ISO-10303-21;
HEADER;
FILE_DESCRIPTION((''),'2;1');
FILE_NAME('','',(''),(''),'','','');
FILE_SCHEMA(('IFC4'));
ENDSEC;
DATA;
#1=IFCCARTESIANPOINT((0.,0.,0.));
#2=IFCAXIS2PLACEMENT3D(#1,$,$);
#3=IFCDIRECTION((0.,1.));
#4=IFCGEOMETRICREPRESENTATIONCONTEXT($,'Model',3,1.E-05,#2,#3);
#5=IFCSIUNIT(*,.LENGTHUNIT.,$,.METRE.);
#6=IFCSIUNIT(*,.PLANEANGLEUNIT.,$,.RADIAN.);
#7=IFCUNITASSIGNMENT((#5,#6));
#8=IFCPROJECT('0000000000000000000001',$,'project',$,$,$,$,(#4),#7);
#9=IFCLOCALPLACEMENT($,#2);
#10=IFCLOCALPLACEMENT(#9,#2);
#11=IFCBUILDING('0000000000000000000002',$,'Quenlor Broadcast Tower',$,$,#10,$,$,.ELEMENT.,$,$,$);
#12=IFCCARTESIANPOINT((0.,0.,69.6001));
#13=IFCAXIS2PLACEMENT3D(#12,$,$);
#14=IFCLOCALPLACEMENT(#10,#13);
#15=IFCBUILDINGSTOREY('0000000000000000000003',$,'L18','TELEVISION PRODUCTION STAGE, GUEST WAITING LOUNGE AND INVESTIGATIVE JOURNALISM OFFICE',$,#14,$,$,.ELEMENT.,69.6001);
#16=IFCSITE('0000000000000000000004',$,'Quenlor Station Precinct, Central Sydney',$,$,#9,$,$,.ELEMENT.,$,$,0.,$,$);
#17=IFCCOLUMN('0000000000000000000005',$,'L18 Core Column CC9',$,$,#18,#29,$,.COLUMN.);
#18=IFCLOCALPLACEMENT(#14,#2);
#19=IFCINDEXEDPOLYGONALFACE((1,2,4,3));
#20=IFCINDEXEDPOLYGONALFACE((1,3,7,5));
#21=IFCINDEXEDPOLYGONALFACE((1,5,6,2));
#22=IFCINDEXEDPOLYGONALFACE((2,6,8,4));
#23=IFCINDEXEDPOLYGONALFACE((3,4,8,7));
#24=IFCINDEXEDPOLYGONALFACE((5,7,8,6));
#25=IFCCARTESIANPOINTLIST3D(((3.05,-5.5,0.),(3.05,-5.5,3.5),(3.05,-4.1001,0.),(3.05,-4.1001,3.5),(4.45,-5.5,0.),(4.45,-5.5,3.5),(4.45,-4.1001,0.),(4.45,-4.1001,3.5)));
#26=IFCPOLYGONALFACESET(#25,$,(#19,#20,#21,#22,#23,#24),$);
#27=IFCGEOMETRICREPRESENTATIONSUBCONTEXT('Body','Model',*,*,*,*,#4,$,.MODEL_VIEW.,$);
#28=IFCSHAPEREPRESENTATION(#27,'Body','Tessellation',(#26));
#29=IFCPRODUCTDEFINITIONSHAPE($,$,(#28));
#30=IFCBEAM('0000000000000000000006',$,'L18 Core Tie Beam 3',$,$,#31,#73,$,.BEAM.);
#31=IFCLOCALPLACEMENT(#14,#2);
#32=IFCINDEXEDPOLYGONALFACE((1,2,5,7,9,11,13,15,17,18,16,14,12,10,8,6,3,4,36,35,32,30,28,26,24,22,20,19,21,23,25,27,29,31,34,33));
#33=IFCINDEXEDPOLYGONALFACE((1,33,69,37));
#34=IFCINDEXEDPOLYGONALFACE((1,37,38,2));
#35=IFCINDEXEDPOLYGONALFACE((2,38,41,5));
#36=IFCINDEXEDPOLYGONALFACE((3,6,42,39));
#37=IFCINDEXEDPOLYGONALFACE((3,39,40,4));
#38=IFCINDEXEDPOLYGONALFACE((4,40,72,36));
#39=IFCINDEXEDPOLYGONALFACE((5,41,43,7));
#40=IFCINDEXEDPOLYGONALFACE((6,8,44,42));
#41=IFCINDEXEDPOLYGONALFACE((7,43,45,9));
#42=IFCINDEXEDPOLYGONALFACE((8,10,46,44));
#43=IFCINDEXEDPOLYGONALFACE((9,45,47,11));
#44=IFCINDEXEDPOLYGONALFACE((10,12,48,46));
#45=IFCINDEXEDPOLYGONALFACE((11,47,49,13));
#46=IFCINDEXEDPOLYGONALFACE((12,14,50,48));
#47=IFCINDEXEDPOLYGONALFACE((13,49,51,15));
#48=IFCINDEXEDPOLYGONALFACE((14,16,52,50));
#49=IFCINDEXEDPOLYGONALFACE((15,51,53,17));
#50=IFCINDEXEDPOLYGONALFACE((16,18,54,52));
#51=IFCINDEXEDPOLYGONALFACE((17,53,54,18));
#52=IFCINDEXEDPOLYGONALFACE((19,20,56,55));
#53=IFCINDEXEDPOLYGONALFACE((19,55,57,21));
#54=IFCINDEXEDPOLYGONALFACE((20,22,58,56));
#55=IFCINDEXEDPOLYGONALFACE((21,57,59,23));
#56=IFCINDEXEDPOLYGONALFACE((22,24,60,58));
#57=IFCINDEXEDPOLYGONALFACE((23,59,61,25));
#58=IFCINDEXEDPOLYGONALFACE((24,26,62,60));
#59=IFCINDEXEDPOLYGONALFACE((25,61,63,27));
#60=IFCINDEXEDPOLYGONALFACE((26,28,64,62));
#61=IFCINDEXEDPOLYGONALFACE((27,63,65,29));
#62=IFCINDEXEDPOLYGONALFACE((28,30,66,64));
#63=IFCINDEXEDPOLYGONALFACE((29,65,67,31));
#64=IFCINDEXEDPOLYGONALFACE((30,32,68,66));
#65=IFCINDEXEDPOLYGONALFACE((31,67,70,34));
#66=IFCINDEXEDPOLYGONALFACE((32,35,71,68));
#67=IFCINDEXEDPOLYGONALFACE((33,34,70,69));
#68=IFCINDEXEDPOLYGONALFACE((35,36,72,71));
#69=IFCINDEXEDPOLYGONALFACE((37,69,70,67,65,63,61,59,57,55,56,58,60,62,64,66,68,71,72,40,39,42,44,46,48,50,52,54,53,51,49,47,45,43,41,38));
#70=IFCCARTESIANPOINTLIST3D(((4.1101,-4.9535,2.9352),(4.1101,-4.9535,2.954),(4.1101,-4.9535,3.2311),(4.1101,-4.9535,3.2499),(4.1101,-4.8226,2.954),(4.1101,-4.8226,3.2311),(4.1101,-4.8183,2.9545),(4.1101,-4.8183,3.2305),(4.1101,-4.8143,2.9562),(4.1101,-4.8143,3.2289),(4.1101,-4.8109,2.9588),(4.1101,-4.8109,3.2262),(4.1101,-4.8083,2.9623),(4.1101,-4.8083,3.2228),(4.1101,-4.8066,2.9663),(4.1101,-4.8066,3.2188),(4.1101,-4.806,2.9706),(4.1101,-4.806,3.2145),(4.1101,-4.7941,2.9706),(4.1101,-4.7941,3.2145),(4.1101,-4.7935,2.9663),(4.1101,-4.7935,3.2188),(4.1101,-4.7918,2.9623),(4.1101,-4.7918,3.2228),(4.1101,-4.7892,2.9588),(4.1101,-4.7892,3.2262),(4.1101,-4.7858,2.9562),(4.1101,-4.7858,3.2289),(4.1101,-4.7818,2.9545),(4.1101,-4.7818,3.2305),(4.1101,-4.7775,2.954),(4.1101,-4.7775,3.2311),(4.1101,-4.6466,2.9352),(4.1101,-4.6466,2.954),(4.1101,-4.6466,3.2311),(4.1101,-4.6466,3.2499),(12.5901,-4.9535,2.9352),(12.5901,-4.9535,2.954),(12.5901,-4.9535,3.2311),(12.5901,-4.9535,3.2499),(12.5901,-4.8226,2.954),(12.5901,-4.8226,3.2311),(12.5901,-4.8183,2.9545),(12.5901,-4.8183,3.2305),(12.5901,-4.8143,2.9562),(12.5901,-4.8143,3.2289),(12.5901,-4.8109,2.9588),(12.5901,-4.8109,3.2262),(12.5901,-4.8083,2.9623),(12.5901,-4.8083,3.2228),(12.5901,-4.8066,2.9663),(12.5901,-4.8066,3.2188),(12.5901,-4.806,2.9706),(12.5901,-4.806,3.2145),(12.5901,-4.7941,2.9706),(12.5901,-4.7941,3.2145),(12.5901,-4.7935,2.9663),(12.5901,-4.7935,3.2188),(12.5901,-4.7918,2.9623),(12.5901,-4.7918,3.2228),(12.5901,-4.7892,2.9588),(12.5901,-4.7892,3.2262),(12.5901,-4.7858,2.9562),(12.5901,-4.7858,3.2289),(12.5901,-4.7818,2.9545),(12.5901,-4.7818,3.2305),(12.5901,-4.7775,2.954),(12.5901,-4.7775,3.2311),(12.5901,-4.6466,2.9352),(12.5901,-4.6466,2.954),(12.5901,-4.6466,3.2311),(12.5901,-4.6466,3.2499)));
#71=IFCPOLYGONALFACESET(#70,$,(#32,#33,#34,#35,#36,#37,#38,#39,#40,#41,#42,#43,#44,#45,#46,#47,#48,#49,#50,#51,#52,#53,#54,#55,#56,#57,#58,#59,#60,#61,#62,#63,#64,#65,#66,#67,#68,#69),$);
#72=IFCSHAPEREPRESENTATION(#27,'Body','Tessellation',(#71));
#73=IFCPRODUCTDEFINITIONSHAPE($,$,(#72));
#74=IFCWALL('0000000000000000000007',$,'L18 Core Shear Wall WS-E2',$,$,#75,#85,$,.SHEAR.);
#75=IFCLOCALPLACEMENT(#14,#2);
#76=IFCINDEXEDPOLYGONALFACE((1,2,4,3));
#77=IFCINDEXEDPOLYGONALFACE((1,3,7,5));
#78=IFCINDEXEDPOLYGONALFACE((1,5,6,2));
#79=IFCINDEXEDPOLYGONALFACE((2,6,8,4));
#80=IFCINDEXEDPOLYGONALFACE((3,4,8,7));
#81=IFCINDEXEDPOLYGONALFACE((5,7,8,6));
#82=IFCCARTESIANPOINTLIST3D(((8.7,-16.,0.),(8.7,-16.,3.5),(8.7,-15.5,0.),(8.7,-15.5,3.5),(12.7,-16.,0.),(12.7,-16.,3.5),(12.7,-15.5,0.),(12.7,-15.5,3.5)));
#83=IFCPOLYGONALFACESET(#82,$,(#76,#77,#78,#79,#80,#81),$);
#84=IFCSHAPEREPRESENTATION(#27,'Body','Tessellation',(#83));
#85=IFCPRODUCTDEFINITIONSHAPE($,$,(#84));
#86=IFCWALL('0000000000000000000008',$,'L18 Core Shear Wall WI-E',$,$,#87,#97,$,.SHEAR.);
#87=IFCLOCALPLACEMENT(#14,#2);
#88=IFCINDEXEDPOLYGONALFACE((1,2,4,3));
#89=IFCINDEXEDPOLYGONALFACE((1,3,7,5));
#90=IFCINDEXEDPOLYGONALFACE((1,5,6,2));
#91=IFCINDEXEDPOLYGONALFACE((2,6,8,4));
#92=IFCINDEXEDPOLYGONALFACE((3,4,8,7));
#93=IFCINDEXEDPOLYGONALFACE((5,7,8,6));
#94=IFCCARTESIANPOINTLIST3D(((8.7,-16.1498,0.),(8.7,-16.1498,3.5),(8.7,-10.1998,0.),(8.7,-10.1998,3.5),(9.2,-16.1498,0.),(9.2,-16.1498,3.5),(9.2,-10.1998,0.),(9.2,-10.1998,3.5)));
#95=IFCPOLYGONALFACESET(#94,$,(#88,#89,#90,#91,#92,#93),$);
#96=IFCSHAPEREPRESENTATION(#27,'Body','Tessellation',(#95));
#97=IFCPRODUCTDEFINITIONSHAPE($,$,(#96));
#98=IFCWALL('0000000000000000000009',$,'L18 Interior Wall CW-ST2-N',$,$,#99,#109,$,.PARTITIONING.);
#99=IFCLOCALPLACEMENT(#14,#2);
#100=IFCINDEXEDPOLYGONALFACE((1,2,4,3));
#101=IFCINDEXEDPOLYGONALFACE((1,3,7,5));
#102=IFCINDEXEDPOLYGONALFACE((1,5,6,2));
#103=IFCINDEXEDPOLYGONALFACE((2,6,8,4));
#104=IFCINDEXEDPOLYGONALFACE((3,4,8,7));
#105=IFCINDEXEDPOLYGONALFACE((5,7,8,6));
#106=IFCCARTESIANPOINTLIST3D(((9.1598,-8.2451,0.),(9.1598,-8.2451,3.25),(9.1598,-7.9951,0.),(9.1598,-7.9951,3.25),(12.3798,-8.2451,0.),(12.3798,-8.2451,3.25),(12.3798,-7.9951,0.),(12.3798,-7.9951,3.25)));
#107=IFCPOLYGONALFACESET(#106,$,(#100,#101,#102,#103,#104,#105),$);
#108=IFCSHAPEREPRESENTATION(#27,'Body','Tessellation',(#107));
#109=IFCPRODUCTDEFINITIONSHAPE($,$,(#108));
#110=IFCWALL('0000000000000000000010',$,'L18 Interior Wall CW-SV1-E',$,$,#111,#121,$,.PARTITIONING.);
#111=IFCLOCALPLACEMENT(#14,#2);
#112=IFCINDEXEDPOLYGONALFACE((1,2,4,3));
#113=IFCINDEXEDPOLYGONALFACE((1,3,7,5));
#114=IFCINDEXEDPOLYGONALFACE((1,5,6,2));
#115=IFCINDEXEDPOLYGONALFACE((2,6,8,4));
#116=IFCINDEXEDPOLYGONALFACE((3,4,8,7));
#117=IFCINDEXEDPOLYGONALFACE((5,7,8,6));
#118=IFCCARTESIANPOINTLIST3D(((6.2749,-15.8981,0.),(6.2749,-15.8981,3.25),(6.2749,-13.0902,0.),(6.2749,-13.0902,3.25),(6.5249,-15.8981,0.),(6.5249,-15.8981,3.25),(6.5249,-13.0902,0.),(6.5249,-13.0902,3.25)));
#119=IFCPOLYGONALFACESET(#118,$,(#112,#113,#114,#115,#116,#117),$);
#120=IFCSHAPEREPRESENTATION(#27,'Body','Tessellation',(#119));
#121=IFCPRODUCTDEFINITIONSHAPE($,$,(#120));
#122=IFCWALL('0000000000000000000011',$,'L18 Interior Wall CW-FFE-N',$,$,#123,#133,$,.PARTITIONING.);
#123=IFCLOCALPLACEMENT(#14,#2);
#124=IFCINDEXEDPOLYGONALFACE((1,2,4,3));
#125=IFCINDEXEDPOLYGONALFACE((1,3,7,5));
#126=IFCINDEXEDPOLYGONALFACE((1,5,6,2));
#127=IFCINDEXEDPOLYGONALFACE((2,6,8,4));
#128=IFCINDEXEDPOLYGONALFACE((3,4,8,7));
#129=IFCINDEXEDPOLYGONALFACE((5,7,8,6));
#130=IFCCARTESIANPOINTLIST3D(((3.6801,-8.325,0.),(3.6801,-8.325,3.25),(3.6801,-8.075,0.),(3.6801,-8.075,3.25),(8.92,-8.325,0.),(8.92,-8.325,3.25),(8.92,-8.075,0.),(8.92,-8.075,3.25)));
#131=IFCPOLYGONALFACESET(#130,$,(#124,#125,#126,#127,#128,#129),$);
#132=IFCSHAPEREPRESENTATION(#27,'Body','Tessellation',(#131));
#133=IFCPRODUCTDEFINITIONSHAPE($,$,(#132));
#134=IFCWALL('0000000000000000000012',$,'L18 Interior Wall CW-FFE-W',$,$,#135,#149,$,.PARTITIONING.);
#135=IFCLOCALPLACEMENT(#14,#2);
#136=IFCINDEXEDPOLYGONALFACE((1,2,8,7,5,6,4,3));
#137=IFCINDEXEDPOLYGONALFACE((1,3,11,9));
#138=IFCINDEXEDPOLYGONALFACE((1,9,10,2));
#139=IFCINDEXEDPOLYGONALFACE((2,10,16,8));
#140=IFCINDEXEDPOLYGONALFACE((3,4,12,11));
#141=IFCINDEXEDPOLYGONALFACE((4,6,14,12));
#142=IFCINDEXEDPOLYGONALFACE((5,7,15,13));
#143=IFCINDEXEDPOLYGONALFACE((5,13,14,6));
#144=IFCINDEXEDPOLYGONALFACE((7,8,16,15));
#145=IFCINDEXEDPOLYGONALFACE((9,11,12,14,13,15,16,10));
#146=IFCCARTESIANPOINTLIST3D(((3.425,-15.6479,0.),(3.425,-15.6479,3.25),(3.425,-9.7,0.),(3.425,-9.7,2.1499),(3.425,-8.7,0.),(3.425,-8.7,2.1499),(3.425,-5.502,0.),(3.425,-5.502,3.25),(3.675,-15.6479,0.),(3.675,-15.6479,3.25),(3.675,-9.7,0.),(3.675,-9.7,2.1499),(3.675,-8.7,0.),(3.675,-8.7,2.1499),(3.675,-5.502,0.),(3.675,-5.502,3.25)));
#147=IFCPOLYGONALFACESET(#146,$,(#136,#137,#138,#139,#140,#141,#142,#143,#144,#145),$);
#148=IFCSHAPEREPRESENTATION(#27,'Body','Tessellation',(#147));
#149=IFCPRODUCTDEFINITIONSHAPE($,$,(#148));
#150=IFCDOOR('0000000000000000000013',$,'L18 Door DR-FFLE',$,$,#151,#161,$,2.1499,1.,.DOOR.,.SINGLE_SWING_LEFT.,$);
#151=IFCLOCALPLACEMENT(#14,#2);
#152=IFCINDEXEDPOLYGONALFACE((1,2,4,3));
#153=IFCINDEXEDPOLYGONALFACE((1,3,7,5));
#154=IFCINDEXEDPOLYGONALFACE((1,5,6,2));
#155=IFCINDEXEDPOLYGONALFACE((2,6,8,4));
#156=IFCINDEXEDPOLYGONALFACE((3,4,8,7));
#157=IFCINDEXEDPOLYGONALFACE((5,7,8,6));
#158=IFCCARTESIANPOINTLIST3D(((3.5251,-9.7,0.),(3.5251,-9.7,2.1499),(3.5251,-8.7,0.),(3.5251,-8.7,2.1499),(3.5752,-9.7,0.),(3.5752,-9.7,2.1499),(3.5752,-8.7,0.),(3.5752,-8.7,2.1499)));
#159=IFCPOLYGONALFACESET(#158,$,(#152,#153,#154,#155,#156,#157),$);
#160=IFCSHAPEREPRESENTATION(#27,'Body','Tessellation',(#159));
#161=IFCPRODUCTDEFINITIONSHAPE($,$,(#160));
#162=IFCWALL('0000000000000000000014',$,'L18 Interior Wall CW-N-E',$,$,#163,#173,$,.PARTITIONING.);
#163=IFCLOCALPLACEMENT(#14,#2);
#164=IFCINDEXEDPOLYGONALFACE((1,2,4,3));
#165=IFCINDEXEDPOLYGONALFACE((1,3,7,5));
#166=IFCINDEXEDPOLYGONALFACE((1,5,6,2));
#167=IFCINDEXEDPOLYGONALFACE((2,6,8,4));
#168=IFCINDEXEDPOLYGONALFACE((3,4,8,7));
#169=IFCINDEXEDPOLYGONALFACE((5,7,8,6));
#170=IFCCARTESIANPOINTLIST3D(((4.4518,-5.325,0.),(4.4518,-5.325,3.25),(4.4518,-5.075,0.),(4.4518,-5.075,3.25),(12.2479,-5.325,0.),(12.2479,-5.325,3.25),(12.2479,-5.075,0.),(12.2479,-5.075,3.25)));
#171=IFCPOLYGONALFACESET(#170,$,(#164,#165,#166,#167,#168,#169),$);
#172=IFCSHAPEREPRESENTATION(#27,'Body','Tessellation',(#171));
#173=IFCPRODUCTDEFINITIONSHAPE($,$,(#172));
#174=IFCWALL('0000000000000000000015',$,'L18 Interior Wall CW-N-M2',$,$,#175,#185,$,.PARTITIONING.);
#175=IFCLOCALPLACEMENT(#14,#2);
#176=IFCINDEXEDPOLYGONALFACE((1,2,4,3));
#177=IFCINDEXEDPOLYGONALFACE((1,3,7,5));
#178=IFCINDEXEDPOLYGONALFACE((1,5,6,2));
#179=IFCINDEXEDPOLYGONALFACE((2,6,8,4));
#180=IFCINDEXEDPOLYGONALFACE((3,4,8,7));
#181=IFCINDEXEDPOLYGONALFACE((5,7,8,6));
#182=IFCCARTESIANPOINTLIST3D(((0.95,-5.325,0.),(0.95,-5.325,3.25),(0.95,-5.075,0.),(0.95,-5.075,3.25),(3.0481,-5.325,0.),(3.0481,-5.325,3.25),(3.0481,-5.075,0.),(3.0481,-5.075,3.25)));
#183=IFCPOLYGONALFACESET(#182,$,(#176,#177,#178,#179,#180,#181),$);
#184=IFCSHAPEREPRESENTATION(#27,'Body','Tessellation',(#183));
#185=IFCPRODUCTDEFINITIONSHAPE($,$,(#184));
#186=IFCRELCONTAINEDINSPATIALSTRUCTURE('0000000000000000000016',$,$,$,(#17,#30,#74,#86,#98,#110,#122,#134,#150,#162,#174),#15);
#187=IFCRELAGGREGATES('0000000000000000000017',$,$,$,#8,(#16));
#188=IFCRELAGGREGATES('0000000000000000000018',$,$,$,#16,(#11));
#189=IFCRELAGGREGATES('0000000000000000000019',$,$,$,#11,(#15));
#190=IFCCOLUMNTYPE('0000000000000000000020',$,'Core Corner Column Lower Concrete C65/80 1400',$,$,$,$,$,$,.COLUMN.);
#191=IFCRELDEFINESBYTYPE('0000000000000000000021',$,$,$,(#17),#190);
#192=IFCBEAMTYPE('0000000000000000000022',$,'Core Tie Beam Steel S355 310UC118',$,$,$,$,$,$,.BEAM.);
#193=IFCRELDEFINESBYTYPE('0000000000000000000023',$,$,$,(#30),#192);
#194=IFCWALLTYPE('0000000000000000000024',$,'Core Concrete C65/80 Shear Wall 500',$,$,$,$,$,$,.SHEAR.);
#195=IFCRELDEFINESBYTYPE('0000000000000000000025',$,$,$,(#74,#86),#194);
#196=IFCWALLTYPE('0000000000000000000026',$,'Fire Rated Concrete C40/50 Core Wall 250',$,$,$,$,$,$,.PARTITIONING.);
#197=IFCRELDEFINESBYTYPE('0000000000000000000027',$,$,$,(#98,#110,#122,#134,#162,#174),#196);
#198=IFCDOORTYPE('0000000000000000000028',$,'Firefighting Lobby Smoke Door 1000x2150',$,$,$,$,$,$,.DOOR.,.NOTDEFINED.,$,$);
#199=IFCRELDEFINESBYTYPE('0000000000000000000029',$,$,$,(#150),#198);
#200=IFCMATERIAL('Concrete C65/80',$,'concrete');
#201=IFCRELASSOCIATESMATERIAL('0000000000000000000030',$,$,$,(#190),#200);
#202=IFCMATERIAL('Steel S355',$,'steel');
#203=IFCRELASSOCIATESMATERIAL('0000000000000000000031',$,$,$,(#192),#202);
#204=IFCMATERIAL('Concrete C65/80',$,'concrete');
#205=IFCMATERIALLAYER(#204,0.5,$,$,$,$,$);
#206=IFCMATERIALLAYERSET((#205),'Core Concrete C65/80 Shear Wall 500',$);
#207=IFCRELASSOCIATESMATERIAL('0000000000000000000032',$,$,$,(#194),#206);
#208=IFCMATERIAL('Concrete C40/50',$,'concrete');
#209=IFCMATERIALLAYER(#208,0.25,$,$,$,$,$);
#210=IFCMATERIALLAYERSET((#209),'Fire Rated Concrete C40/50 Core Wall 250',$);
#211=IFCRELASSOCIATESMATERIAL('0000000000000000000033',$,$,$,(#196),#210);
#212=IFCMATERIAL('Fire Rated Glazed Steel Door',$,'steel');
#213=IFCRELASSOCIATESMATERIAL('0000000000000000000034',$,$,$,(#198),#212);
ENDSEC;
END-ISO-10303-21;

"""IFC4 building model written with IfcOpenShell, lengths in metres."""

from ifc_helpers import new_model, si_unit, direction, frame, frame_2d, origin, origin_2d, place, context, subcontext, project, spatial, rectangle, i_section, extrude, material, layer, layer_set, material_profile, profile_set, type_object, element, fill, save


model = new_model("IFC4")

# Units and contexts
model_context = context("Model", 3, precision=1e-05, world=origin(), true_north=direction((0.0, 1.0)))
body_context = subcontext(model_context, "Body", "Model", "MODEL_VIEW")
ifc_project = project(units=[si_unit("LENGTHUNIT", "METRE"), si_unit("PLANEANGLEUNIT", "RADIAN")], contexts=[model_context])

# Site, building, storey
site_placement = place(None, origin())
site = spatial("IfcSite", under=ifc_project, at=site_placement, Name="Quenlor Station Precinct, Central Sydney", CompositionType="ELEMENT", RefElevation=0.0)
building_placement = place(site_placement, origin())
building = spatial("IfcBuilding", under=site, at=building_placement, Name="Quenlor Broadcast Tower", CompositionType="ELEMENT")
storey_placement = place(building_placement, frame((0.0, 0.0, 69.6001)))
storey = spatial("IfcBuildingStorey", under=building, at=storey_placement, Name="L18", Description="TELEVISION PRODUCTION STAGE, GUEST WAITING LOUNGE AND INVESTIGATIVE JOURNALISM OFFICE", CompositionType="ELEMENT", Elevation=69.6001)

# Column
ifc_material_1 = material(Name="Concrete C65/80", Category="concrete")
ifc_material_profile_1 = material_profile(ifc_material_1, rectangle(XDim=1.3999, YDim=1.3999, at=origin_2d()))
ifc_profile_set_1 = profile_set([ifc_material_profile_1], Name="Concrete C65/80 RC1400x1400")
column_type = type_object("IfcColumnType", Name="Core Corner Column Lower Concrete C65/80 1400", PredefinedType="COLUMN", material=ifc_profile_set_1)
column_placement = place(storey_placement, frame((3.75, -4.8, 0.0), z_axis=(0.0, 0.0, 1.0), x_axis=(1.0, 0.0, 0.0)))
element("IfcColumn", 1, at=column_placement, inside=storey, type_object=column_type, Name="L18 Core Column CC9", PredefinedType="COLUMN", context=body_context, shape_type="SweptSolid", body=[
    extrude(rectangle(XDim=1.3999, YDim=1.3999, at=origin_2d()), origin(), (0.0, 0.0, 1.0), 3.5),
])

# Beam
ifc_material_2 = material(Name="Steel S355", Category="steel")
ifc_material_profile_2 = material_profile(ifc_material_2, i_section(OverallWidth=0.3069, OverallDepth=0.3147, WebThickness=0.012, FlangeThickness=0.0188, FilletRadius=0.0166, at=origin_2d()))
ifc_profile_set_2 = profile_set([ifc_material_profile_2], Name="Steel S355 310UC118")
beam_type = type_object("IfcBeamType", Name="Core Tie Beam Steel S355 310UC118", PredefinedType="BEAM", material=ifc_profile_set_2)
beam_placement = place(storey_placement, frame((4.1101, -4.8, 3.0925), z_axis=(1.0, 0.0, 0.0), x_axis=(0.0, 1.0, 0.0)))
element("IfcBeam", 2, at=beam_placement, inside=storey, type_object=beam_type, Name="L18 Core Tie Beam 3", PredefinedType="BEAM", context=body_context, shape_type="SweptSolid", body=[
    extrude(i_section(OverallWidth=0.3069, OverallDepth=0.3147, WebThickness=0.012, FlangeThickness=0.0188, FilletRadius=0.0166, at=origin_2d()), origin(), (0.0, 0.0, 1.0), 8.48),
])

# Walls
ifc_material_3 = material(Name="Concrete C65/80", Category="concrete")
ifc_layer_1 = layer(ifc_material_3, 0.5)
ifc_layer_set_1 = layer_set([ifc_layer_1], Name="Core Concrete C65/80 Shear Wall 500")
wall_type_1 = type_object("IfcWallType", Name="Core Concrete C65/80 Shear Wall 500", PredefinedType="SHEAR", material=ifc_layer_set_1)
wall_1_placement = place(storey_placement, frame((8.7, -15.75, 0.0), z_axis=(0.0, 0.0, 1.0), x_axis=(1.0, 0.0, 0.0)))
element("IfcWall", 3, at=wall_1_placement, inside=storey, type_object=wall_type_1, Name="L18 Core Shear Wall WS-E2", PredefinedType="SHEAR", context=body_context, shape_type="SweptSolid", body=[
    extrude(rectangle(XDim=4.0, YDim=0.5, at=frame_2d((2.0, 0.0))), origin(), (0.0, 0.0, 1.0), 3.5),
])
wall_2_placement = place(storey_placement, frame((8.95, -16.1499, 0.0), z_axis=(0.0, 0.0, 1.0), x_axis=(0.0, 1.0, 0.0)))
element("IfcWall", 4, at=wall_2_placement, inside=storey, type_object=wall_type_1, Name="L18 Core Shear Wall WI-E", PredefinedType="SHEAR", context=body_context, shape_type="SweptSolid", body=[
    extrude(rectangle(XDim=5.95, YDim=0.5, at=frame_2d((2.9751, 0.0))), origin(), (0.0, 0.0, 1.0), 3.5),
])

# Shared definitions
ifc_material_4 = material(Name="Concrete C40/50", Category="concrete")
ifc_layer_2 = layer(ifc_material_4, 0.25)
ifc_layer_set_2 = layer_set([ifc_layer_2], Name="Fire Rated Concrete C40/50 Core Wall 250")
wall_type_2 = type_object("IfcWallType", Name="Fire Rated Concrete C40/50 Core Wall 250", PredefinedType="PARTITIONING", material=ifc_layer_set_2)

# Wall
wall_3_placement = place(storey_placement, frame((9.1599, -8.1201, 0.0), z_axis=(0.0, 0.0, 1.0), x_axis=(1.0, 0.0, 0.0)))
element("IfcWall", 5, at=wall_3_placement, inside=storey, type_object=wall_type_2, Name="L18 Interior Wall CW-ST2-N", PredefinedType="PARTITIONING", context=body_context, shape_type="SweptSolid", body=[
    extrude(rectangle(XDim=3.22, YDim=0.25, at=frame_2d((1.6099, 0.0))), origin(), (0.0, 0.0, 1.0), 3.25),
])

# Walls
wall_4_placement = place(storey_placement, frame((6.3999, -15.8979, 0.0), z_axis=(0.0, 0.0, 1.0), x_axis=(0.0, 1.0, 0.0)))
element("IfcWall", 6, at=wall_4_placement, inside=storey, type_object=wall_type_2, Name="L18 Interior Wall CW-SV1-E", PredefinedType="PARTITIONING", context=body_context, shape_type="SweptSolid", body=[
    extrude(rectangle(XDim=2.8079, YDim=0.25, at=frame_2d((1.4038, 0.0))), origin(), (0.0, 0.0, 1.0), 3.25),
])
wall_5_placement = place(storey_placement, frame((3.6799, -8.2, 0.0), z_axis=(0.0, 0.0, 1.0), x_axis=(1.0, 0.0, 0.0)))
element("IfcWall", 7, at=wall_5_placement, inside=storey, type_object=wall_type_2, Name="L18 Interior Wall CW-FFE-N", PredefinedType="PARTITIONING", context=body_context, shape_type="SweptSolid", body=[
    extrude(rectangle(XDim=5.24, YDim=0.25, at=frame_2d((2.6201, 0.0))), origin(), (0.0, 0.0, 1.0), 3.25),
])

# Wall, opening, door
wall_6_placement = place(storey_placement, frame((3.55, -15.6479, 0.0), z_axis=(0.0, 0.0, 1.0), x_axis=(0.0, 1.0, 0.0)))
wall_6 = element("IfcWall", 8, at=wall_6_placement, inside=storey, type_object=wall_type_2, Name="L18 Interior Wall CW-FFE-W", PredefinedType="PARTITIONING", context=body_context, shape_type="SweptSolid", body=[
    extrude(rectangle(XDim=10.146, YDim=0.25, at=frame_2d((5.073, 0.0))), origin(), (0.0, 0.0, 1.0), 3.25),
])
opening_1_placement = place(wall_6_placement, frame((5.948, 0.0, 0.0)))
opening_1 = element("IfcOpeningElement", 9, at=opening_1_placement, cuts=wall_6, PredefinedType="OPENING", context=body_context, shape_type="SweptSolid", body=[
    extrude(rectangle(XDim=1.0, YDim=2.1499, at=frame_2d((0.5, 1.075))), frame((0.0, 0.135, 0.0), z_axis=(0.0, -1.0, 0.0), x_axis=(1.0, 0.0, 0.0)), (0.0, 0.0, 1.0), 0.27),
])
ifc_material_5 = material(Name="Fire Rated Glazed Steel Door", Category="steel")
door_type_1 = type_object("IfcDoorType", Name="Firefighting Lobby Smoke Door 1000x2150", OperationType="NOTDEFINED", PredefinedType="DOOR", material=ifc_material_5)
door_1_placement = place(opening_1_placement, origin())
door_1 = element("IfcDoor", 10, at=door_1_placement, inside=storey, type_object=door_type_1, Name="L18 Door DR-FFLE", OperationType="SINGLE_SWING_LEFT", OverallHeight=2.1499, OverallWidth=1.0, PredefinedType="DOOR", context=body_context, shape_type="SweptSolid", body=[
    extrude(rectangle(XDim=1.0, YDim=2.1499, at=frame_2d((0.5, 1.075))), frame((0.0, 0.0249, 0.0), z_axis=(0.0, -1.0, 0.0), x_axis=(1.0, 0.0, 0.0)), (0.0, 0.0, 1.0), 0.05),
])
fill(opening_1, door_1)

# Walls
wall_7_placement = place(storey_placement, frame((4.4519, -5.2, 0.0), z_axis=(0.0, 0.0, 1.0), x_axis=(1.0, 0.0, 0.0)))
element("IfcWall", 11, at=wall_7_placement, inside=storey, type_object=wall_type_2, Name="L18 Interior Wall CW-N-E", PredefinedType="PARTITIONING", context=body_context, shape_type="SweptSolid", body=[
    extrude(rectangle(XDim=7.7961, YDim=0.25, at=frame_2d((3.8979, 0.0))), origin(), (0.0, 0.0, 1.0), 3.25),
])
wall_8_placement = place(storey_placement, frame((0.95, -5.2, 0.0), z_axis=(0.0, 0.0, 1.0), x_axis=(1.0, 0.0, 0.0)))
element("IfcWall", 12, at=wall_8_placement, inside=storey, type_object=wall_type_2, Name="L18 Interior Wall CW-N-M2", PredefinedType="PARTITIONING", context=body_context, shape_type="SweptSolid", body=[
    extrude(rectangle(XDim=2.0981, YDim=0.25, at=frame_2d((1.0491, 0.0))), origin(), (0.0, 0.0, 1.0), 3.25),
])

save(model, "model.ifc")
